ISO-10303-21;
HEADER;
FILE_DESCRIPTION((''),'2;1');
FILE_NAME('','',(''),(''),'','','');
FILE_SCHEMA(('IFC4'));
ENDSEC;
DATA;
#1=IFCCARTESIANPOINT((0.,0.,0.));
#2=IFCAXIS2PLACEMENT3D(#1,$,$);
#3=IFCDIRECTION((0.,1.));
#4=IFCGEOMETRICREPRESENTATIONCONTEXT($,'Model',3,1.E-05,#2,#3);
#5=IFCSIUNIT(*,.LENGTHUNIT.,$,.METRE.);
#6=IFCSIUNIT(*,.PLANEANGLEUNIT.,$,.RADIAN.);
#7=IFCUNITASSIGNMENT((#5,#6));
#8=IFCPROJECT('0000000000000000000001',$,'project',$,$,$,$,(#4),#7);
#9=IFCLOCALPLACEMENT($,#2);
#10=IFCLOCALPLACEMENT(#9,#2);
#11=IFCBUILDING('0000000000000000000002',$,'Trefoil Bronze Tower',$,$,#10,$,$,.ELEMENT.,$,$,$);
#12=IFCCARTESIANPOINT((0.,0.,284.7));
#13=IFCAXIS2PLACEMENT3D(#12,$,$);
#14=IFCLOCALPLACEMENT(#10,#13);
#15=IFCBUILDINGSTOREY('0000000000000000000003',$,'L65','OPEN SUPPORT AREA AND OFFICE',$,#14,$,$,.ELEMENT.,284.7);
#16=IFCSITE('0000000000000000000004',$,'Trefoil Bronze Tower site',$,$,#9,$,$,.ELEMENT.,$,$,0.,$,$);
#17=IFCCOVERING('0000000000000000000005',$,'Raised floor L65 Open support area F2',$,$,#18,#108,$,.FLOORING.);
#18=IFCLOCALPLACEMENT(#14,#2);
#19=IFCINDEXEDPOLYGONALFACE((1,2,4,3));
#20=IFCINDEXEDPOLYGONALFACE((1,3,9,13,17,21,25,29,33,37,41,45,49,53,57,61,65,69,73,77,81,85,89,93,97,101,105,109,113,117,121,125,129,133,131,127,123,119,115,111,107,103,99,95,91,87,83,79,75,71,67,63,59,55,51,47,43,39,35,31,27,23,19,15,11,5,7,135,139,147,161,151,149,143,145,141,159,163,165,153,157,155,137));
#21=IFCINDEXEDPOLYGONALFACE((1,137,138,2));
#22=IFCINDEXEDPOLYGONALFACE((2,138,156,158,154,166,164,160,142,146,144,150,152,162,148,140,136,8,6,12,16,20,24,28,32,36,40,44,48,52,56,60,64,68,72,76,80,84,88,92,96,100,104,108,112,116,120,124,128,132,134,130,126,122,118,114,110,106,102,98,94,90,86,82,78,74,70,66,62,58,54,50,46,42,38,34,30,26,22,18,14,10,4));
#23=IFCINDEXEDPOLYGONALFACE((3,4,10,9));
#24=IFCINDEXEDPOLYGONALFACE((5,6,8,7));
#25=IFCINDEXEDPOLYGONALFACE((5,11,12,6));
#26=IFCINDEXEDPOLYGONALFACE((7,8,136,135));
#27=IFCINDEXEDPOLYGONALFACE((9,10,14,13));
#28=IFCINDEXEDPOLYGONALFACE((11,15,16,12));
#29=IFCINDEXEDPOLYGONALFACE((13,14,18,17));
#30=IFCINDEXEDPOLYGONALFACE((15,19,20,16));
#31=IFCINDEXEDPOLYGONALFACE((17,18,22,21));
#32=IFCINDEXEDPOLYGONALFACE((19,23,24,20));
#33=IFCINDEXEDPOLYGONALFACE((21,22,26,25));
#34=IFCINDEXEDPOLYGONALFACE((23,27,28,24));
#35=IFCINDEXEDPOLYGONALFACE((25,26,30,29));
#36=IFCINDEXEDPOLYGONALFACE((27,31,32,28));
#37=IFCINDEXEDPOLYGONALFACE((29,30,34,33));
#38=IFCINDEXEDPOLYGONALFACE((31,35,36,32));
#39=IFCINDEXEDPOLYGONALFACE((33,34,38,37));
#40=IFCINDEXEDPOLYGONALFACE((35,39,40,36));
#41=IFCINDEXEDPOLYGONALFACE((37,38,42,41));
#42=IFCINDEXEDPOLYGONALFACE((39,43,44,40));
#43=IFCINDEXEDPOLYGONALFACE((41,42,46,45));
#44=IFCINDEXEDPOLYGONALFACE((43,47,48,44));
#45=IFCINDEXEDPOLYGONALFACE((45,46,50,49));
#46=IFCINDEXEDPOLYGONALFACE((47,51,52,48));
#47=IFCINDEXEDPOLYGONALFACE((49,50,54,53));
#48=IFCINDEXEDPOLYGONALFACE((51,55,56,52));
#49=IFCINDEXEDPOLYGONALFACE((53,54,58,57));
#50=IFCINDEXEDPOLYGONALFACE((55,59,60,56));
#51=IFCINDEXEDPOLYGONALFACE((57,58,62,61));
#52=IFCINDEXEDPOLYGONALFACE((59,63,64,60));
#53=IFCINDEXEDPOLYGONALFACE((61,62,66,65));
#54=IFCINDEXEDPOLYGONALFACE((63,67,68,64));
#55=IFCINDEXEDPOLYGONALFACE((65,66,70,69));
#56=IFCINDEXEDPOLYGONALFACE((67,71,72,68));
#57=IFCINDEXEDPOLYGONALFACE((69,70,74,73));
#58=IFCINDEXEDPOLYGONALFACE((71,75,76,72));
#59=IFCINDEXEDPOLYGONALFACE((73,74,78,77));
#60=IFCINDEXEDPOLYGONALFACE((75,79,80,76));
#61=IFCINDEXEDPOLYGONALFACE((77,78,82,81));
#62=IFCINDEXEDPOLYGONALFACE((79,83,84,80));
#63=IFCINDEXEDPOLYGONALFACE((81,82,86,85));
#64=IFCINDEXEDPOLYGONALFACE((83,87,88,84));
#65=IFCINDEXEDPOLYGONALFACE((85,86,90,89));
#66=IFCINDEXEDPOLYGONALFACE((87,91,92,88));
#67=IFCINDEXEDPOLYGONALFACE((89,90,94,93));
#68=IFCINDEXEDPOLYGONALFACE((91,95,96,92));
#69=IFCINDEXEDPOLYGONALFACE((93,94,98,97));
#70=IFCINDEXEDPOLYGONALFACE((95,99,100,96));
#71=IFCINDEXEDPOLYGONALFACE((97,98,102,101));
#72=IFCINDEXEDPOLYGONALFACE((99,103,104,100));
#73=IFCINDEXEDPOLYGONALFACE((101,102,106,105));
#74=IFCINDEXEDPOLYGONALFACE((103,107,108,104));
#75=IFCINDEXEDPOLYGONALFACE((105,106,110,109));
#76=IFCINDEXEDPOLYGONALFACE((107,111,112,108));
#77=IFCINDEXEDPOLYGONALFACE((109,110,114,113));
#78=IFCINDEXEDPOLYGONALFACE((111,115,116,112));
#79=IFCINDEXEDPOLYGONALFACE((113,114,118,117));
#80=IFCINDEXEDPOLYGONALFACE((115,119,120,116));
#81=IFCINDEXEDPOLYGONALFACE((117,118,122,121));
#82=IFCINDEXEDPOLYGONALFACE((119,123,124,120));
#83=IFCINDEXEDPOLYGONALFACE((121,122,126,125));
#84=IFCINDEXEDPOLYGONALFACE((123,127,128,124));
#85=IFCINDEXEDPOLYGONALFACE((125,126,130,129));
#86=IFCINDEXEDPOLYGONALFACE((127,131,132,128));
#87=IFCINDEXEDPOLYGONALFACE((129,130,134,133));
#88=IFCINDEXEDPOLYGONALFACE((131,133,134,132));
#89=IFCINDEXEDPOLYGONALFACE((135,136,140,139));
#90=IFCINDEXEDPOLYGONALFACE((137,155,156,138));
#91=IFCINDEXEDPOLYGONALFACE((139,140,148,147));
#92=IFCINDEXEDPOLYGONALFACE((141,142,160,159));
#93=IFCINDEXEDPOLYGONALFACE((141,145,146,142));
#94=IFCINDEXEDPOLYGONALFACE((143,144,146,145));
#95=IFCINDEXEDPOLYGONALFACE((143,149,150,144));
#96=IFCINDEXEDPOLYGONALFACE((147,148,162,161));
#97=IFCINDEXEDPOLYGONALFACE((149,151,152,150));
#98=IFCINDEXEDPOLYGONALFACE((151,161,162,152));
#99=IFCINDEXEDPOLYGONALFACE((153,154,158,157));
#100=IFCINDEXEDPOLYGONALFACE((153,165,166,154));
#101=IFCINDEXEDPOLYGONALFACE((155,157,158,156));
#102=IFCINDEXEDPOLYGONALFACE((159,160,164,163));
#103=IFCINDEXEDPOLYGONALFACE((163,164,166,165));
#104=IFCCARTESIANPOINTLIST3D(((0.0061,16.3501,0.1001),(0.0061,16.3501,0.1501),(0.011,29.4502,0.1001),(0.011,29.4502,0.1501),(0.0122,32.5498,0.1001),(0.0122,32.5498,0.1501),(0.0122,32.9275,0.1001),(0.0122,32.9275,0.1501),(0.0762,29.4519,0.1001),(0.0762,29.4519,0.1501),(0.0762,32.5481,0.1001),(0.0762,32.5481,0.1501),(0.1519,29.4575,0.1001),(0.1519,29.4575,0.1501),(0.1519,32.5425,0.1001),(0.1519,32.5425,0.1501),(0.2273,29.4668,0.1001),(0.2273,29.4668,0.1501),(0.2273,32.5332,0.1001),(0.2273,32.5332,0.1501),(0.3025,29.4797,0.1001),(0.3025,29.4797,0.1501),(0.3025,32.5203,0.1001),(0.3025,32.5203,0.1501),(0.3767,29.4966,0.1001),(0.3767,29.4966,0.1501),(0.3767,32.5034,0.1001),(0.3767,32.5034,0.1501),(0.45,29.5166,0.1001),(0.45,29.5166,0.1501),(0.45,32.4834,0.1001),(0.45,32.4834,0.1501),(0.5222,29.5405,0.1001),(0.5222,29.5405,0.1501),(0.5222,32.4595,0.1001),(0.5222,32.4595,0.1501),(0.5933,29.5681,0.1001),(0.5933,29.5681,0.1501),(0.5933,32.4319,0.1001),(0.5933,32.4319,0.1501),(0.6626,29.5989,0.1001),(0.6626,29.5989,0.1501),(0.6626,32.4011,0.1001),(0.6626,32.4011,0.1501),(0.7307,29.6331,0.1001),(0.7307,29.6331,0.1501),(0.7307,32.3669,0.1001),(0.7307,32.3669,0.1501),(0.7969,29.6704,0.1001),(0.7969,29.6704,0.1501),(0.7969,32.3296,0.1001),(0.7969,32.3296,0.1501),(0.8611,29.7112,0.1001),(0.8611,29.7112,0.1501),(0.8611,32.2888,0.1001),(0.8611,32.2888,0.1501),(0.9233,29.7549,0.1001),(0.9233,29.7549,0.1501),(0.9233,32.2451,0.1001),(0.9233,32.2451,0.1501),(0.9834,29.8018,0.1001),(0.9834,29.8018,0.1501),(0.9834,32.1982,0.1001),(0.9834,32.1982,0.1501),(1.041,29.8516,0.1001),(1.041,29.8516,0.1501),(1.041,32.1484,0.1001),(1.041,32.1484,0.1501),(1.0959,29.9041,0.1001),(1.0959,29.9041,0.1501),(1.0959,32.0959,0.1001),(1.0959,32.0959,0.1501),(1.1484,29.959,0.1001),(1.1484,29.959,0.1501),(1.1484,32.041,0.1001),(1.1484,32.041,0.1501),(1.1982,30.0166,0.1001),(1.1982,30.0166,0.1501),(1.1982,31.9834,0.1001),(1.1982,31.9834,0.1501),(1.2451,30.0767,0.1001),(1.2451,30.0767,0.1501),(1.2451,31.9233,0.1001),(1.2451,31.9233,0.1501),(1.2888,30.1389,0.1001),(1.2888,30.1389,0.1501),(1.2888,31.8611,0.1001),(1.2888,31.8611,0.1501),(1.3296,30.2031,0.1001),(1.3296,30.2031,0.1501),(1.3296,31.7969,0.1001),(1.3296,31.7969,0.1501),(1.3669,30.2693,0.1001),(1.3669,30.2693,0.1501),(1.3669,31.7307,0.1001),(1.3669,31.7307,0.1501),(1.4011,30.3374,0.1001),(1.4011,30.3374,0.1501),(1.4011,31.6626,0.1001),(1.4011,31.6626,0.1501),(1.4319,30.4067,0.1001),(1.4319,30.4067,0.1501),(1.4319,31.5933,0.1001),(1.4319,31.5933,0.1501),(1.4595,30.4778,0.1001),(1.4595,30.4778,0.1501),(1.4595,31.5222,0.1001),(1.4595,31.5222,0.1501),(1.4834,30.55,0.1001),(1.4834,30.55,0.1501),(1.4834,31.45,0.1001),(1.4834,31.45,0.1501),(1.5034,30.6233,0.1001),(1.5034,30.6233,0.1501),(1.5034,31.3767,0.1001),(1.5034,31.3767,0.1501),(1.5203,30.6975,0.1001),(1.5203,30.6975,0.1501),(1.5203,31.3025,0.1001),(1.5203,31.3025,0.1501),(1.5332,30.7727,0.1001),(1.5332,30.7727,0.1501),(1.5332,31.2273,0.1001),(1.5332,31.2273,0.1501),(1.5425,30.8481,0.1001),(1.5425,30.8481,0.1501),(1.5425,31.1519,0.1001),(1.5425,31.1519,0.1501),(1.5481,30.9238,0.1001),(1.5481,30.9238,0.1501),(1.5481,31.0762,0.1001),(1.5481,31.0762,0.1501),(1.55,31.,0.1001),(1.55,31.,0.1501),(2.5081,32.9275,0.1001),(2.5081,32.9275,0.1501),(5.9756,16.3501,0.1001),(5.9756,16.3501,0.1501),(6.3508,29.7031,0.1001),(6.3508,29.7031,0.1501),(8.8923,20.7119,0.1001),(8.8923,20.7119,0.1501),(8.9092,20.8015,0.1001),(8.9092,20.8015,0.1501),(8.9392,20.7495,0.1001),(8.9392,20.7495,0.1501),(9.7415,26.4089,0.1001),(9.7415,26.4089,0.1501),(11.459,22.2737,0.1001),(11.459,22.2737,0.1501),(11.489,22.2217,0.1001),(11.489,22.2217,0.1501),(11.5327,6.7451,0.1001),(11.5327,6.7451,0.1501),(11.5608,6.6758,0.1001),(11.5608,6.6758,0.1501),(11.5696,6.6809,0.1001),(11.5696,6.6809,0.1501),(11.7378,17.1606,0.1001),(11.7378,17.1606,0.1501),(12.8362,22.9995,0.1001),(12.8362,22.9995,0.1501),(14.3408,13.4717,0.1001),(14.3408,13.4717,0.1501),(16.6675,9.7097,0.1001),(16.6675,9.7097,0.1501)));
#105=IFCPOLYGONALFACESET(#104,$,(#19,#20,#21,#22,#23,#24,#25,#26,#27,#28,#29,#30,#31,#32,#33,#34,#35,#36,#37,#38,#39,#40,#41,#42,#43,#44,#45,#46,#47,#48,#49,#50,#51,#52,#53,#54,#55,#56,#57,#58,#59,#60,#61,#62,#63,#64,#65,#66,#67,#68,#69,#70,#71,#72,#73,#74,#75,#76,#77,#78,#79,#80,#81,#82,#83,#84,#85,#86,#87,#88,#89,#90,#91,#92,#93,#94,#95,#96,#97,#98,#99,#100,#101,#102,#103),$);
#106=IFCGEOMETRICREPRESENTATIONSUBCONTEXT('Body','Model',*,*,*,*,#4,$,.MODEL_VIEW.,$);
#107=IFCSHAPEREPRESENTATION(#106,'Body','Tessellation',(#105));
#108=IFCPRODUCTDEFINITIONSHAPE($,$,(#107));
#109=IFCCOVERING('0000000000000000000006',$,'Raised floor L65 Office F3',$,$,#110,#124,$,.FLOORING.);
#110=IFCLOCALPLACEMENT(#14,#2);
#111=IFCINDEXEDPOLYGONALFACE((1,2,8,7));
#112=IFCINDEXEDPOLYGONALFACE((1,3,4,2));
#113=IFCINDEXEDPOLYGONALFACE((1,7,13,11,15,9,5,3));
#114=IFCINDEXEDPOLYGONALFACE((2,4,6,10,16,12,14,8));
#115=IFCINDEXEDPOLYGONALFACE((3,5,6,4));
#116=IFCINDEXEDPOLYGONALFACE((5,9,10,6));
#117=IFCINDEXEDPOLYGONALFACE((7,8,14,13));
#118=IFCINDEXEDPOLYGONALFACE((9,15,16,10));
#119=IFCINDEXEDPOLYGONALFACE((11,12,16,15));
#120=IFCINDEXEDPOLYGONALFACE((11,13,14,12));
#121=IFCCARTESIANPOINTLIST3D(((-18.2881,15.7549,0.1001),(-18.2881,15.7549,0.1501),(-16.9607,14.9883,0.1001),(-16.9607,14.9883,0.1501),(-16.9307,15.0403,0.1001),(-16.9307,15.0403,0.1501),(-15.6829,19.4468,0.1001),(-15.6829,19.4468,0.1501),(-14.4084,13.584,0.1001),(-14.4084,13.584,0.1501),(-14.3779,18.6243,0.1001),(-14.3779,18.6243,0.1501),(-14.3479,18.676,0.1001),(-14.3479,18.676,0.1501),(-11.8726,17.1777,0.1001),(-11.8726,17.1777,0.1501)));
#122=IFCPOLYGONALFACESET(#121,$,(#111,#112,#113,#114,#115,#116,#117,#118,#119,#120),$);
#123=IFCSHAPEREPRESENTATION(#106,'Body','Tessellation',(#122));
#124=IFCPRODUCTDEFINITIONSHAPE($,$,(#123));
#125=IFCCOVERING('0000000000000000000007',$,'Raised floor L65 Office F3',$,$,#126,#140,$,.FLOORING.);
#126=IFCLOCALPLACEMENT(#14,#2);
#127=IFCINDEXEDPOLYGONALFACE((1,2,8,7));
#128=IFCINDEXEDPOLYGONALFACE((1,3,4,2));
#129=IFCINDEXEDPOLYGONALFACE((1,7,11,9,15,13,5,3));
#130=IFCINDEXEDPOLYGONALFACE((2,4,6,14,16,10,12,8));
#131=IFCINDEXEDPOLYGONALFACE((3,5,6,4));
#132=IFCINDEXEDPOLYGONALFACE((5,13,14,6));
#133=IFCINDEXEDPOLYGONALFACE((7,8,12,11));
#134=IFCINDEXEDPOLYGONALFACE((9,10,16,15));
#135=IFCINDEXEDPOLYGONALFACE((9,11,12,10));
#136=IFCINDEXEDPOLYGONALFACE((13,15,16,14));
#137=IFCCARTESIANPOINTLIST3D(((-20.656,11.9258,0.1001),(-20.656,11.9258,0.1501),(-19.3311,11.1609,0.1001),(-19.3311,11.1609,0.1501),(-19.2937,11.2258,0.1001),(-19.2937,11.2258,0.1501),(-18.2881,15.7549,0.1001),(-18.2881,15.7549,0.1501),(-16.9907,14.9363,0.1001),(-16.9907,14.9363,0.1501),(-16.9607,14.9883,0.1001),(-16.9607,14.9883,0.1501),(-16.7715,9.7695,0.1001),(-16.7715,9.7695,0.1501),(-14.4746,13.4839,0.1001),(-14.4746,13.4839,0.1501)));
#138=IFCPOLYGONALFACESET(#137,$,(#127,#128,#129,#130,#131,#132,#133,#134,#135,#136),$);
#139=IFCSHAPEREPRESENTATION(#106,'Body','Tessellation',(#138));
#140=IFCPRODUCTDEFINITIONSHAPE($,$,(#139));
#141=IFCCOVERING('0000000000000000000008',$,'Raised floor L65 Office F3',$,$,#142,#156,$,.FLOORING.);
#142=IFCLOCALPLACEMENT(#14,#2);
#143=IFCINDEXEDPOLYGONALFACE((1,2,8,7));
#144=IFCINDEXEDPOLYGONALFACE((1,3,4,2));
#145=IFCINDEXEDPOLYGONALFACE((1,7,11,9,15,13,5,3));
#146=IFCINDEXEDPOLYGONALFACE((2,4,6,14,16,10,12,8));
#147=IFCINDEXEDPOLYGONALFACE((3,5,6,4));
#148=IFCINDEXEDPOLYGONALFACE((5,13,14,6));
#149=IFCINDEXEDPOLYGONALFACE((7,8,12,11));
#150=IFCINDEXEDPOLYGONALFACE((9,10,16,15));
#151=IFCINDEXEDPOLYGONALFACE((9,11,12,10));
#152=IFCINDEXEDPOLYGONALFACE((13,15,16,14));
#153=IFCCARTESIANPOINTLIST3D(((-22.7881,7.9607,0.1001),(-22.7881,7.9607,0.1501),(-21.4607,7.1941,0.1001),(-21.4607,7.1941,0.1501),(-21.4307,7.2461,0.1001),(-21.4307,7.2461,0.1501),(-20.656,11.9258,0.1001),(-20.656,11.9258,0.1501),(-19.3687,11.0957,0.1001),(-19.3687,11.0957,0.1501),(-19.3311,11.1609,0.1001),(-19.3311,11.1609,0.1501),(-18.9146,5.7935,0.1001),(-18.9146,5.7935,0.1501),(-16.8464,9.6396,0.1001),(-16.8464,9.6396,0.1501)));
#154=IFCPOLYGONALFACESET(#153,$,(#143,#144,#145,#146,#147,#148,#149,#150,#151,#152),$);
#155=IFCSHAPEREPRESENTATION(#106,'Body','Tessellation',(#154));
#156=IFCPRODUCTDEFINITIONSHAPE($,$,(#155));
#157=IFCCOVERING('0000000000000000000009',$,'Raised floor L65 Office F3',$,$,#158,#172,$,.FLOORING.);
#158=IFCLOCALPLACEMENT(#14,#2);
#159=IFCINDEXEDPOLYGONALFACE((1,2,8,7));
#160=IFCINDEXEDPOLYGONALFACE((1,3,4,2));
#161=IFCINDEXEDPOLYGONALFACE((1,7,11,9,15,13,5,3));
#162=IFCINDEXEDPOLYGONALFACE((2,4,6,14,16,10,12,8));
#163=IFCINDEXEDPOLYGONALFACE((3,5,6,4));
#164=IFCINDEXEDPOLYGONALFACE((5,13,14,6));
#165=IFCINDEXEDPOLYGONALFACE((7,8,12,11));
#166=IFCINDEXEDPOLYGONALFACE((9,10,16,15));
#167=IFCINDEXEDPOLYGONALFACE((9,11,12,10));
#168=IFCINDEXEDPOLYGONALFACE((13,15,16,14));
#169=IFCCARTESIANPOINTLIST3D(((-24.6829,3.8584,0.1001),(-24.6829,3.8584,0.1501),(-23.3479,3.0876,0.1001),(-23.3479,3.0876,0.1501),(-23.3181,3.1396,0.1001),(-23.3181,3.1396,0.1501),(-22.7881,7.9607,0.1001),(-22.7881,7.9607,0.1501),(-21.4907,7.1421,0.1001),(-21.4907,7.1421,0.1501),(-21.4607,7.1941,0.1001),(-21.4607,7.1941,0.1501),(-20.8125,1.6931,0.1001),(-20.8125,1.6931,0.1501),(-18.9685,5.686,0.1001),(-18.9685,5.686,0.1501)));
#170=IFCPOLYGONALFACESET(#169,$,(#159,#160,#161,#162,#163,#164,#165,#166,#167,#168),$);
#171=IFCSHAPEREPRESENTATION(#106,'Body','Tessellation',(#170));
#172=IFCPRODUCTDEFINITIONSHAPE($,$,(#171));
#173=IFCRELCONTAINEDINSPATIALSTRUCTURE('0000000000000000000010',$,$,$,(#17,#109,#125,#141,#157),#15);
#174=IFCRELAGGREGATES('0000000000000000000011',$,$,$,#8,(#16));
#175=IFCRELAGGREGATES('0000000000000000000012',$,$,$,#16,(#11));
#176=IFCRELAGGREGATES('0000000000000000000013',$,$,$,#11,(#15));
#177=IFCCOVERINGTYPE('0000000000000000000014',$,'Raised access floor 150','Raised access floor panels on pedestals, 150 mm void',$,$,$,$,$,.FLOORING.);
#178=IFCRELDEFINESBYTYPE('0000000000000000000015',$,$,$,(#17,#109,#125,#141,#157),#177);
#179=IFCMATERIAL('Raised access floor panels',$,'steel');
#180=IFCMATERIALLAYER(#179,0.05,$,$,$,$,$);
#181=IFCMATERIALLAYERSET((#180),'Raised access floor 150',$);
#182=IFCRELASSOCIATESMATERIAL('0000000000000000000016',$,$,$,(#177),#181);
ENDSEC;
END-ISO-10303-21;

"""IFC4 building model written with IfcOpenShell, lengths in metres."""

from ifc_helpers import new_model, si_unit, direction, frame, origin, place, context, subcontext, project, spatial, polyline, outline, extrude, material, layer, layer_set, type_object, element, save


model = new_model("IFC4")

# Units and contexts
model_context = context("Model", 3, precision=1e-05, world=origin(), true_north=direction((0.0, 1.0)))
body_context = subcontext(model_context, "Body", "Model", "MODEL_VIEW")
ifc_project = project(units=[si_unit("LENGTHUNIT", "METRE"), si_unit("PLANEANGLEUNIT", "RADIAN")], contexts=[model_context])

# Site, building, storey
site_placement = place(None, origin())
site = spatial("IfcSite", under=ifc_project, at=site_placement, Name="Trefoil Bronze Tower site", CompositionType="ELEMENT", RefElevation=0.0)
building_placement = place(site_placement, origin())
building = spatial("IfcBuilding", under=site, at=building_placement, Name="Trefoil Bronze Tower", CompositionType="ELEMENT")
storey_placement = place(building_placement, frame((0.0, 0.0, 284.7)))
storey = spatial("IfcBuildingStorey", under=building, at=storey_placement, Name="L65", Description="OPEN SUPPORT AREA AND OFFICE", CompositionType="ELEMENT", Elevation=284.7)

# Coverings
ifc_material_1 = material(Name="Raised access floor panels", Category="steel")
ifc_layer_1 = layer(ifc_material_1, 0.05)
ifc_layer_set_1 = layer_set([ifc_layer_1], Name="Raised access floor 150")
covering_type_1 = type_object("IfcCoveringType", Name="Raised access floor 150", Description="Raised access floor panels on pedestals, 150 mm void", PredefinedType="FLOORING", material=ifc_layer_set_1)
covering_1_placement = place(storey_placement, frame((0.0, 0.0, 0.1001)))
element("IfcCovering", 1, at=covering_1_placement, inside=storey, type_object=covering_type_1, Name="Raised floor L65 Open support area F2", PredefinedType="FLOORING", context=body_context, shape_type="SweptSolid", body=[
    extrude(outline(polyline([(2.5081, 32.9275), (6.3508, 29.7031), (9.7415, 26.4089), (12.8362, 22.9995), (11.489, 22.2217), (11.459, 22.2737), (8.9092, 20.8015), (8.9392, 20.7495), (8.8923, 20.7119), (11.7378, 17.1606), (14.3408, 13.4717), (16.6675, 9.7097), (11.5327, 6.7451), (11.5696, 6.6809), (11.5608, 6.6758), (5.9756, 16.3501), (0.0061, 16.3501), (0.011, 29.4502), (0.0762, 29.4519), (0.1519, 29.4575), (0.2273, 29.4668), (0.3025, 29.4797), (0.3767, 29.4966), (0.45, 29.5166), (0.5222, 29.5405), (0.5933, 29.5681), (0.6626, 29.5989), (0.7307, 29.6331), (0.7969, 29.6704), (0.8611, 29.7112), (0.9233, 29.7549), (0.9834, 29.8018), (1.041, 29.8516), (1.0959, 29.9041), (1.1484, 29.959), (1.1982, 30.0166), (1.2451, 30.0767), (1.2888, 30.1389), (1.3296, 30.2031), (1.3669, 30.2693), (1.4011, 30.3374), (1.4319, 30.4067), (1.4595, 30.4778), (1.4834, 30.55), (1.5034, 30.6233), (1.5203, 30.6975), (1.5332, 30.7727), (1.5425, 30.8481), (1.5481, 30.9238), (1.55, 31.0), (1.5481, 31.0762), (1.5425, 31.1519), (1.5332, 31.2273), (1.5203, 31.3025), (1.5034, 31.3767), (1.4834, 31.45), (1.4595, 31.5222), (1.4319, 31.5933), (1.4011, 31.6626), (1.3669, 31.7307), (1.3296, 31.7969), (1.2888, 31.8611), (1.2451, 31.9233), (1.1982, 31.9834), (1.1484, 32.041), (1.0959, 32.0959), (1.041, 32.1484), (0.9834, 32.1982), (0.9233, 32.2451), (0.8611, 32.2888), (0.7969, 32.3296), (0.7307, 32.3669), (0.6626, 32.4011), (0.5933, 32.4319), (0.5222, 32.4595), (0.45, 32.4834), (0.3767, 32.5034), (0.3025, 32.5203), (0.2273, 32.5332), (0.1519, 32.5425), (0.0762, 32.5481), (0.0122, 32.5498), (0.0122, 32.9275), (2.5081, 32.9275)])), origin(), (0.0, 0.0, 1.0), 0.05),
])
covering_2_placement = place(storey_placement, frame((0.0, 0.0, 0.1001)))
element("IfcCovering", 2, at=covering_2_placement, inside=storey, type_object=covering_type_1, Name="Raised floor L65 Office F3", PredefinedType="FLOORING", context=body_context, shape_type="SweptSolid", body=[
    extrude(outline(polyline([(-15.6829, 19.4468), (-14.3479, 18.676), (-14.3779, 18.6243), (-11.8726, 17.1777), (-14.4084, 13.584), (-16.9307, 15.0403), (-16.9607, 14.9883), (-18.2881, 15.7549), (-15.6829, 19.4468)])), origin(), (0.0, 0.0, 1.0), 0.05),
])
covering_3_placement = place(storey_placement, frame((0.0, 0.0, 0.1001)))
element("IfcCovering", 3, at=covering_3_placement, inside=storey, type_object=covering_type_1, Name="Raised floor L65 Office F3", PredefinedType="FLOORING", context=body_context, shape_type="SweptSolid", body=[
    extrude(outline(polyline([(-20.656, 11.9258), (-18.2881, 15.7549), (-16.9607, 14.9883), (-16.9907, 14.9363), (-14.4746, 13.4839), (-16.7715, 9.7695), (-19.2937, 11.2258), (-19.3311, 11.1609), (-20.656, 11.9258)])), origin(), (0.0, 0.0, 1.0), 0.05),
])
covering_4_placement = place(storey_placement, frame((0.0, 0.0, 0.1001)))
element("IfcCovering", 4, at=covering_4_placement, inside=storey, type_object=covering_type_1, Name="Raised floor L65 Office F3", PredefinedType="FLOORING", context=body_context, shape_type="SweptSolid", body=[
    extrude(outline(polyline([(-20.656, 11.9258), (-19.3311, 11.1609), (-19.3687, 11.0957), (-16.8464, 9.6396), (-18.9146, 5.7935), (-21.4307, 7.2461), (-21.4607, 7.1941), (-22.7881, 7.9607), (-20.656, 11.9258)])), origin(), (0.0, 0.0, 1.0), 0.05),
])
covering_5_placement = place(storey_placement, frame((0.0, 0.0, 0.1001)))
element("IfcCovering", 5, at=covering_5_placement, inside=storey, type_object=covering_type_1, Name="Raised floor L65 Office F3", PredefinedType="FLOORING", context=body_context, shape_type="SweptSolid", body=[
    extrude(outline(polyline([(-24.6829, 3.8584), (-22.7881, 7.9607), (-21.4607, 7.1941), (-21.4907, 7.1421), (-18.9685, 5.686), (-20.8125, 1.6931), (-23.3181, 3.1396), (-23.3479, 3.0876), (-24.6829, 3.8584)])), origin(), (0.0, 0.0, 1.0), 0.05),
])

save(model, "model.ifc")
